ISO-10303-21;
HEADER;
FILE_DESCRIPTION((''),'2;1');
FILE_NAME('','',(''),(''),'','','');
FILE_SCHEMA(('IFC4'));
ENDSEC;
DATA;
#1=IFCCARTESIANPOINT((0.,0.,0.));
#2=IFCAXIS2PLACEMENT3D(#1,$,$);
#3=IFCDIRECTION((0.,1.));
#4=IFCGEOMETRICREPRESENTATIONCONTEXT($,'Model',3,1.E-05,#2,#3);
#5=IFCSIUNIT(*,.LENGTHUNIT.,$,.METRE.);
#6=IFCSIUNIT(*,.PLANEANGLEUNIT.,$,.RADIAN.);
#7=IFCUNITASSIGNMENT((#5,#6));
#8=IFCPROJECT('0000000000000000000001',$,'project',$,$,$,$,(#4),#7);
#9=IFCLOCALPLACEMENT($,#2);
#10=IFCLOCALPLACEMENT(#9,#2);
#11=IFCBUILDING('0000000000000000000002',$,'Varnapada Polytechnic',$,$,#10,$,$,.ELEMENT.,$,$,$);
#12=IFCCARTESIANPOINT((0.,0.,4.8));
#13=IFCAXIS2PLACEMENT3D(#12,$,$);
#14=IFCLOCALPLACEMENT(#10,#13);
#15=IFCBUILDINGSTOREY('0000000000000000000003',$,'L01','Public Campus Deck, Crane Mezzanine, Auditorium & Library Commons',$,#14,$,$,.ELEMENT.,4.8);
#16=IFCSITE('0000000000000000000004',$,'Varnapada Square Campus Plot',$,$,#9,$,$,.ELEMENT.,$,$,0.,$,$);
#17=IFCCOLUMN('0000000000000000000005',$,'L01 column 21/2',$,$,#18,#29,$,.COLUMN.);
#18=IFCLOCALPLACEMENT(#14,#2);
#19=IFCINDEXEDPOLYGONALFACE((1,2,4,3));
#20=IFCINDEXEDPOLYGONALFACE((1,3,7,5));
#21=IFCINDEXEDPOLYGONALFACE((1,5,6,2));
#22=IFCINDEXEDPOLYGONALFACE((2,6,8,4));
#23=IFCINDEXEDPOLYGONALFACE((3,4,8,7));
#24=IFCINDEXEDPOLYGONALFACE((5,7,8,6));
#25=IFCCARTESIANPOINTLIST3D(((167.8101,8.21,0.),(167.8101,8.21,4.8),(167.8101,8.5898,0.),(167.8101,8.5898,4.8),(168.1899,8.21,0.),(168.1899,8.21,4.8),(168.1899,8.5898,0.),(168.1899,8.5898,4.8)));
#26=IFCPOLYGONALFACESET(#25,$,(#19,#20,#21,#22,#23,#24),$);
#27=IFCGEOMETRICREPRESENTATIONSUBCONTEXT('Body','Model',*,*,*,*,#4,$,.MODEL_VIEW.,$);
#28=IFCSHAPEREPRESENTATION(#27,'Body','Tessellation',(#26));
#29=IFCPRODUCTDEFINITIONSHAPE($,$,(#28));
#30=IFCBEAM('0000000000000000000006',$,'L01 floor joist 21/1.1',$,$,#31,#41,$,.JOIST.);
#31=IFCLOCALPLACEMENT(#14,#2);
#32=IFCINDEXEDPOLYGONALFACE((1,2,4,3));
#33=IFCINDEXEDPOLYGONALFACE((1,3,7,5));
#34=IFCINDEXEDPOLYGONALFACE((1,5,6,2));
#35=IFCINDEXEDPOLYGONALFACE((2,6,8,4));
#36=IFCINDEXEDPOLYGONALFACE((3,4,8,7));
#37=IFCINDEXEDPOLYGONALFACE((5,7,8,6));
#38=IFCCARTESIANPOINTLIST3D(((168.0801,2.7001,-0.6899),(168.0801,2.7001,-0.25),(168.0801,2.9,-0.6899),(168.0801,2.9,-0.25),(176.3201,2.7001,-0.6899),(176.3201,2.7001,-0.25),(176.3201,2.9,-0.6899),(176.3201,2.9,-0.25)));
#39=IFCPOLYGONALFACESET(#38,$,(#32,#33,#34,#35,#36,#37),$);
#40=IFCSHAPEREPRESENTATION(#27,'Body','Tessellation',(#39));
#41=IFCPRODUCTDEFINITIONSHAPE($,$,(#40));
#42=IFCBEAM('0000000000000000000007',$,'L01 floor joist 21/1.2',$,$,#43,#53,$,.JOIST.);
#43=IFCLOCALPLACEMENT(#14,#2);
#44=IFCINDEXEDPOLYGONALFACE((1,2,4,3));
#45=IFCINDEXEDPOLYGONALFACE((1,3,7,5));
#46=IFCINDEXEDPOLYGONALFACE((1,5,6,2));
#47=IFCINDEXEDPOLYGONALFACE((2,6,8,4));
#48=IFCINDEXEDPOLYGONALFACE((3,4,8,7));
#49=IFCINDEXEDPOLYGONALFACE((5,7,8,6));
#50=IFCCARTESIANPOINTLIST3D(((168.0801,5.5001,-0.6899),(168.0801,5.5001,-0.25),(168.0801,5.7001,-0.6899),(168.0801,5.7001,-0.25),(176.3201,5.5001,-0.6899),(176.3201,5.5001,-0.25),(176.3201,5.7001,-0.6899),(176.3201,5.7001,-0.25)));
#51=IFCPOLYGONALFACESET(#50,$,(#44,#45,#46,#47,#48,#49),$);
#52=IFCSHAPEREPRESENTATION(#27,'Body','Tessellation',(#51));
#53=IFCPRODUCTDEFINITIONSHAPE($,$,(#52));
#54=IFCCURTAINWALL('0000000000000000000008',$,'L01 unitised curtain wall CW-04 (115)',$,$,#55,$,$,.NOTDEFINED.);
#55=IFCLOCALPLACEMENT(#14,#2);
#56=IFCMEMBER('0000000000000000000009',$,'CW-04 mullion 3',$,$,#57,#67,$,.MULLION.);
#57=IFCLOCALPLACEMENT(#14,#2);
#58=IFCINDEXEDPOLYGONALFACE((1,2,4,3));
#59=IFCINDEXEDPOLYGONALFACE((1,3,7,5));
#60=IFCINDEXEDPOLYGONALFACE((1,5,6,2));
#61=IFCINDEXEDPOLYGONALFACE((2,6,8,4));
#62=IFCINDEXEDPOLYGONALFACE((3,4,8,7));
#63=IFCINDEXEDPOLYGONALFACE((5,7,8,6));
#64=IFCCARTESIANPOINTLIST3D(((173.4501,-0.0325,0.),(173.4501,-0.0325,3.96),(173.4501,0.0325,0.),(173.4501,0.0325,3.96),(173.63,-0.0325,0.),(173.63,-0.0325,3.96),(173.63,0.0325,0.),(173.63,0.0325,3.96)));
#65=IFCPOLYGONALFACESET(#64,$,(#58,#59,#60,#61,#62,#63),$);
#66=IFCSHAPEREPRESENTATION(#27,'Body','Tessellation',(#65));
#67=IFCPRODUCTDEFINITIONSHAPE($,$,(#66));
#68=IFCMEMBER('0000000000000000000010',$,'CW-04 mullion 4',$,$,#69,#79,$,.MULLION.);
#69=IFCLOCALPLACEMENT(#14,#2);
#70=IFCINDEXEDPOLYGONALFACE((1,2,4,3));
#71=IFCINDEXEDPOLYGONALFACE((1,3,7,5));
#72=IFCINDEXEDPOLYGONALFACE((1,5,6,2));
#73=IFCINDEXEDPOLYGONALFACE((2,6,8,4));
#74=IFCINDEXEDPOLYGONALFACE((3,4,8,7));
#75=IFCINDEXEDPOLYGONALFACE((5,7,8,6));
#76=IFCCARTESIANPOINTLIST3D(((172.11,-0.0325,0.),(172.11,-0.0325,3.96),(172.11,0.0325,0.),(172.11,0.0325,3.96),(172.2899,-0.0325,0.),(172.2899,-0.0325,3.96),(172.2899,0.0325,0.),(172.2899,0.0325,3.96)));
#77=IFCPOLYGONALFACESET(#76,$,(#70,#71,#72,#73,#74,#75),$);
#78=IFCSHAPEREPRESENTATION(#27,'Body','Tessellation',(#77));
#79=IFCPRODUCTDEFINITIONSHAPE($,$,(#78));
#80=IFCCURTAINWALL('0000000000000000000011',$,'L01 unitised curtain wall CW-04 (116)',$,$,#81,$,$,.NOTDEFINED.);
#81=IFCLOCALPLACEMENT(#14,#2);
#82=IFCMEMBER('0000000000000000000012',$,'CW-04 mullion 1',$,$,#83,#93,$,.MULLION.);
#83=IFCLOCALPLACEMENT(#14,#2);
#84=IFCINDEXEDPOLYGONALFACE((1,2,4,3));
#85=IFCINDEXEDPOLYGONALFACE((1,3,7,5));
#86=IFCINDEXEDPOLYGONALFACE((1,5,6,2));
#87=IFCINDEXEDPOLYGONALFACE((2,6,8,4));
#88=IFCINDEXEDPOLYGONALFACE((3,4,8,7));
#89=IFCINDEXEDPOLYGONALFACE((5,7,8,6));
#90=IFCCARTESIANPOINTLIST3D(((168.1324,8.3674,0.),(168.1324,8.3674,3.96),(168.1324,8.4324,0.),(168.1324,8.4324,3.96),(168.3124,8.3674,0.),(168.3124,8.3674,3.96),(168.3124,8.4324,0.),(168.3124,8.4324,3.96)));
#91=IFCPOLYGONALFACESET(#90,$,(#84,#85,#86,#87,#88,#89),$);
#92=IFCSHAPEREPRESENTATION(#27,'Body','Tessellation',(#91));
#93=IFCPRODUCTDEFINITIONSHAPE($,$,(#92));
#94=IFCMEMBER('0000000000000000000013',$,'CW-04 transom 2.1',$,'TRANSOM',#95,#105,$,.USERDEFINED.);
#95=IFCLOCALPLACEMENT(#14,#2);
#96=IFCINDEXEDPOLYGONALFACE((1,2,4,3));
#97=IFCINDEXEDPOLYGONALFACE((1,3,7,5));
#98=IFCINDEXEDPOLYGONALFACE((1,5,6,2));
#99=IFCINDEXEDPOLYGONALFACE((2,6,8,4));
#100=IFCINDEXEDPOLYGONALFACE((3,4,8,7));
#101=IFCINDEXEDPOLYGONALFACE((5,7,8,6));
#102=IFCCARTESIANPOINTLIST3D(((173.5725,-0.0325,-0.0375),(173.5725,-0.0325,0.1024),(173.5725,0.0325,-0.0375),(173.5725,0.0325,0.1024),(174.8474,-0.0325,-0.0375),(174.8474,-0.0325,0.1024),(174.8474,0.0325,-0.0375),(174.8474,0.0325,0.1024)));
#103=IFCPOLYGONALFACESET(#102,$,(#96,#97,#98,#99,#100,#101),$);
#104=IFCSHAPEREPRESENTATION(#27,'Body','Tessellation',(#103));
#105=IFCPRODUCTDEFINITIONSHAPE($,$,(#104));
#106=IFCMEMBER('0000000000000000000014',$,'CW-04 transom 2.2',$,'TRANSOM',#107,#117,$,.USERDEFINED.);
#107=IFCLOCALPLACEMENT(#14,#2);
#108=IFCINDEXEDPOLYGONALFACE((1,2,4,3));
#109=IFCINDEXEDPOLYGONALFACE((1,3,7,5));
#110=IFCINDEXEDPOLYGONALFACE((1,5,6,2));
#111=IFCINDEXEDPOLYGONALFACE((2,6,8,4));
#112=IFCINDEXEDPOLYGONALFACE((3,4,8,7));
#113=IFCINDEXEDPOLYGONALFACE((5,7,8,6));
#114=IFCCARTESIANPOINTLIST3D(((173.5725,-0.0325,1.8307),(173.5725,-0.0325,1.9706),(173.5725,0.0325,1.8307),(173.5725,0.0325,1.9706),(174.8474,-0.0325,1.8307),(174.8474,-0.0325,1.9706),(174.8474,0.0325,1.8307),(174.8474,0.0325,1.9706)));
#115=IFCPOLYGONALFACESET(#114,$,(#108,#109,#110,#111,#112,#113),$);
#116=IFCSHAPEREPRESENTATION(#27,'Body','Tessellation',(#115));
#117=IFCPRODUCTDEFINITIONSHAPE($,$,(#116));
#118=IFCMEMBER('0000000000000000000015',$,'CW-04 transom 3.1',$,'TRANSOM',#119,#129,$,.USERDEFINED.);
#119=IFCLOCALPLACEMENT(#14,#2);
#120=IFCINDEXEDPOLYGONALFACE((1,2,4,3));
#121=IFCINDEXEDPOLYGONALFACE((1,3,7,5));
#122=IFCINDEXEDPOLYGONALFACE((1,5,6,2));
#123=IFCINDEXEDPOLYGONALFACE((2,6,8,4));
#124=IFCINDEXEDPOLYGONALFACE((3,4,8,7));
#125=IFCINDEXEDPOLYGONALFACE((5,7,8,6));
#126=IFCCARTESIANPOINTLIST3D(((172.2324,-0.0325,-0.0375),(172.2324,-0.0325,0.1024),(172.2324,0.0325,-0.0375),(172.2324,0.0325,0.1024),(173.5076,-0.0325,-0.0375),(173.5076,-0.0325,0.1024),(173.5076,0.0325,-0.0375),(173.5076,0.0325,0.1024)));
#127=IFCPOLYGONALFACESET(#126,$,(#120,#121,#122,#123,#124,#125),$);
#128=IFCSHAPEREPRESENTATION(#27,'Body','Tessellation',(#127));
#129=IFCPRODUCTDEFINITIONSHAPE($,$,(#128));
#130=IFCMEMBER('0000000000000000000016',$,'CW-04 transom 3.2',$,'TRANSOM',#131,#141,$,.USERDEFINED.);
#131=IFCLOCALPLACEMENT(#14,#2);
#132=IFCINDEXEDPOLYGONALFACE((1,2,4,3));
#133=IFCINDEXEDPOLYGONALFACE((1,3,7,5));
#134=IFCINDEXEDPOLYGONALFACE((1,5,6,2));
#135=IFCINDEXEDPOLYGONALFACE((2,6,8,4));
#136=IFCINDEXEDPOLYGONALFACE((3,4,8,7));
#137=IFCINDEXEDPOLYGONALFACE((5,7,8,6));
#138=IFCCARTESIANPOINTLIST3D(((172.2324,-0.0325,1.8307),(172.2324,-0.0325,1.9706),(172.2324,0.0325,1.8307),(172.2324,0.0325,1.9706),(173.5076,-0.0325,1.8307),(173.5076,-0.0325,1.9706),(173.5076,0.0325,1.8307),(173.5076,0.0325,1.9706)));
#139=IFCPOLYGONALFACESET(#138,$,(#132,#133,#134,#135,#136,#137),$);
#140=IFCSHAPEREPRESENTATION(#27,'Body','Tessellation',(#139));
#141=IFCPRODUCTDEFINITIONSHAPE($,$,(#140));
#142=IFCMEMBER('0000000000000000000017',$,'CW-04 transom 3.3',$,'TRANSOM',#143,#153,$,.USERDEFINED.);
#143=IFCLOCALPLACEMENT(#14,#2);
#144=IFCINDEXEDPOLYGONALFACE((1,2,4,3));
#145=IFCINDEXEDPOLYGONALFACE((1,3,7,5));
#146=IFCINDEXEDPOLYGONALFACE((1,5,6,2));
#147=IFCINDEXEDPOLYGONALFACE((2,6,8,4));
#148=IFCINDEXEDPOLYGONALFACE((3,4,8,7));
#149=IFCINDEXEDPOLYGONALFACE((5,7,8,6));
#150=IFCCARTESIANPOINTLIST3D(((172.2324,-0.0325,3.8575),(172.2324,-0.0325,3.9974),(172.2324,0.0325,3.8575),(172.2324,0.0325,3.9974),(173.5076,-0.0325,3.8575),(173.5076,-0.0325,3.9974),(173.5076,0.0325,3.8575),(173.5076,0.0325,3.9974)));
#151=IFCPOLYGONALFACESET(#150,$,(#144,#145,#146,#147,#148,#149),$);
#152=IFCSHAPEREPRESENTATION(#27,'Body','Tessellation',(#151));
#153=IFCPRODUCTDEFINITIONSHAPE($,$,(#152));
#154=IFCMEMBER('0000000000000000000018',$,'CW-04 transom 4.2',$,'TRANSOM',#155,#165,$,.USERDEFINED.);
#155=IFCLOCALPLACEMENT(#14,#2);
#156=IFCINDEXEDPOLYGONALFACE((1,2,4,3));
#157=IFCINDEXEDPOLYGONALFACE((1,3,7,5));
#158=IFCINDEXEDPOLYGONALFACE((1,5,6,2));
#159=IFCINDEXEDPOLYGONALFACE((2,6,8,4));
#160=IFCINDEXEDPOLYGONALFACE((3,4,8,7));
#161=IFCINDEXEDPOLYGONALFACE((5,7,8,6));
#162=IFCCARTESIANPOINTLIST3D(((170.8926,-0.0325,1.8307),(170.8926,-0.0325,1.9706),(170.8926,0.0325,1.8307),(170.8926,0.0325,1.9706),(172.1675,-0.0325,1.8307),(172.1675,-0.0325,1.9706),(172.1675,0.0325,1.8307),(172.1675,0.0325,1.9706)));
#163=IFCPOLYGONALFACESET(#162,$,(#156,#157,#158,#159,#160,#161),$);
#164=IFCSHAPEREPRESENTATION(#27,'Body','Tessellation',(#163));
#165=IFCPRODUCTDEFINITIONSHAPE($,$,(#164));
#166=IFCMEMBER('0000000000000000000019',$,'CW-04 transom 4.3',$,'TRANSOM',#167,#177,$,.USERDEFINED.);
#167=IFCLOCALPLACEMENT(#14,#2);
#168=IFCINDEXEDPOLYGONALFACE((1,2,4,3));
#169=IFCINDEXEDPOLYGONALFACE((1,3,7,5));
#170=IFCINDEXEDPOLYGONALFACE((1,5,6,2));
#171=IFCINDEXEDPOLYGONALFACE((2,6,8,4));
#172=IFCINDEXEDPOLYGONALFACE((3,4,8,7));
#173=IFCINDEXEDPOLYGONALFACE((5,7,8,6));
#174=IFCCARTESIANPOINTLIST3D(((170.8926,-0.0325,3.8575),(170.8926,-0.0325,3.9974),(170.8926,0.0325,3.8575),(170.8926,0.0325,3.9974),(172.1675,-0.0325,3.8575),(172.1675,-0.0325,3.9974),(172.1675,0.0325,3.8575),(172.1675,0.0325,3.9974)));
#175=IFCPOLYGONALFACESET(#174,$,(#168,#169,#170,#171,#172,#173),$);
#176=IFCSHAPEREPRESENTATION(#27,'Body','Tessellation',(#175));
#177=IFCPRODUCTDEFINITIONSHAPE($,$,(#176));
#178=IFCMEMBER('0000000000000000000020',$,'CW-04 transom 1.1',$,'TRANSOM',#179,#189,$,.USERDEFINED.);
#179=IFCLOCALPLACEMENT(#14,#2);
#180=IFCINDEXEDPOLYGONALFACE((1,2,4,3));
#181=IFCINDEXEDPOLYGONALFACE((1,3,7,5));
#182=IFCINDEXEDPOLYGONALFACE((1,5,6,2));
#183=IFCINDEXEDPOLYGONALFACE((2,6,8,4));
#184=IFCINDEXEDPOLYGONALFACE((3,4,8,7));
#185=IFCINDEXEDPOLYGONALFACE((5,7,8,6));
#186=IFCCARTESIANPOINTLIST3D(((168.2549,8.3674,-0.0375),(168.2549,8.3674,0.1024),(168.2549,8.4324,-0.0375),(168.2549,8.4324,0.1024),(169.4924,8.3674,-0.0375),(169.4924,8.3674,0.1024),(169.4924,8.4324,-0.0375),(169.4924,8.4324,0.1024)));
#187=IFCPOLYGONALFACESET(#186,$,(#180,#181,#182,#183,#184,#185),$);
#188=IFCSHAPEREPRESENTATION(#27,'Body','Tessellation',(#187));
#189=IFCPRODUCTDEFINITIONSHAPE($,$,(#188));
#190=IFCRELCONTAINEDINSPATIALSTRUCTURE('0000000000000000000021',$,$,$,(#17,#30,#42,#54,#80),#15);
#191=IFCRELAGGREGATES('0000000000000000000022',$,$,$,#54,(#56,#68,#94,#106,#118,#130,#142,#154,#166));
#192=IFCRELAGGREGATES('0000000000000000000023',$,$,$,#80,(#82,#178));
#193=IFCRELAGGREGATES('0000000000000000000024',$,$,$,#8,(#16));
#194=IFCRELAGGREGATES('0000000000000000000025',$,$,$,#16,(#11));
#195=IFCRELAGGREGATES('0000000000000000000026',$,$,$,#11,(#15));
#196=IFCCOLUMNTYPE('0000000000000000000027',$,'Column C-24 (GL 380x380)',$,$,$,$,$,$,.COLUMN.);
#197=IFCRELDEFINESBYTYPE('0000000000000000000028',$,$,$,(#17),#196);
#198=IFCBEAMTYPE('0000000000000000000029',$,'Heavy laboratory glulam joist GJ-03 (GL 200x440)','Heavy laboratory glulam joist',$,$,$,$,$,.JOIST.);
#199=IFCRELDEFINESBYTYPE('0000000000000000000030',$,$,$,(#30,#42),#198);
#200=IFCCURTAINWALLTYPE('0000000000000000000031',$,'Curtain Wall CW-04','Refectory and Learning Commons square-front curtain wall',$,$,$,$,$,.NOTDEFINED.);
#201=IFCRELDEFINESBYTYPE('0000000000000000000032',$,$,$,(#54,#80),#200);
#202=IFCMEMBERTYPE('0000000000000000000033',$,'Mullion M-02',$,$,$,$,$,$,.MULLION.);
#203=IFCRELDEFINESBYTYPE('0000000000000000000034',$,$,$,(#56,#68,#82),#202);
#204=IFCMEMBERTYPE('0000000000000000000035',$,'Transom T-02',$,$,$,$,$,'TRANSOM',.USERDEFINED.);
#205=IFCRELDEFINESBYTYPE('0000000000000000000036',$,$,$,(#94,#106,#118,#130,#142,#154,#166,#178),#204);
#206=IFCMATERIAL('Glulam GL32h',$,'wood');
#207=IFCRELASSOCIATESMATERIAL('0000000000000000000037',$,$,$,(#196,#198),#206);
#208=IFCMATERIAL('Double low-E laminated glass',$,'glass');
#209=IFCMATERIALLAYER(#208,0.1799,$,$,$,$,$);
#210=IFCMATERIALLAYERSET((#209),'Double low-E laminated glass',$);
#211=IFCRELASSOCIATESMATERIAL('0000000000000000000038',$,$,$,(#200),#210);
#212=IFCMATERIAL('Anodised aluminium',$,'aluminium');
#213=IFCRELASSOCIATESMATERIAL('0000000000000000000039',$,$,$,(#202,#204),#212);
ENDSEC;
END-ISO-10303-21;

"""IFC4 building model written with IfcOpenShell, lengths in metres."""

from ifc_helpers import new_model, si_unit, direction, frame, origin, origin_2d, place, context, subcontext, project, spatial, rectangle, extrude, material, layer, layer_set, material_profile, profile_set, type_object, element, aggregate, save


model = new_model("IFC4")

# Units and contexts
model_context = context("Model", 3, precision=1e-05, world=origin(), true_north=direction((0.0, 1.0)))
body_context = subcontext(model_context, "Body", "Model", "MODEL_VIEW")
ifc_project = project(units=[si_unit("LENGTHUNIT", "METRE"), si_unit("PLANEANGLEUNIT", "RADIAN")], contexts=[model_context])

# Site, building, storey
site_placement = place(None, origin())
site = spatial("IfcSite", under=ifc_project, at=site_placement, Name="Varnapada Square Campus Plot", CompositionType="ELEMENT", RefElevation=0.0)
building_placement = place(site_placement, origin())
building = spatial("IfcBuilding", under=site, at=building_placement, Name="Varnapada Polytechnic", CompositionType="ELEMENT")
storey_placement = place(building_placement, frame((0.0, 0.0, 4.8)))
storey = spatial("IfcBuildingStorey", under=building, at=storey_placement, Name="L01", Description="Public Campus Deck, Crane Mezzanine, Auditorium & Library Commons", CompositionType="ELEMENT", Elevation=4.8)

# Column
ifc_material_1 = material(Name="Glulam GL32h", Category="wood")
ifc_material_profile_1 = material_profile(ifc_material_1, rectangle(XDim=0.3799, YDim=0.3799, at=origin_2d()), Name="GL 380x380")
ifc_profile_set_1 = profile_set([ifc_material_profile_1], Name="Glulam GL32h")
column_type = type_object("IfcColumnType", Name="Column C-24 (GL 380x380)", PredefinedType="COLUMN", material=ifc_profile_set_1)
column_placement = place(storey_placement, frame((168.0, 8.3999, 0.0), z_axis=(0.0, 0.0, 1.0), x_axis=(1.0, 0.0, 0.0)))
element("IfcColumn", 1, at=column_placement, inside=storey, type_object=column_type, Name="L01 column 21/2", PredefinedType="COLUMN", context=body_context, shape_type="SweptSolid", body=[
    extrude(rectangle(XDim=0.3799, YDim=0.3799, at=origin_2d()), origin(), (0.0, 0.0, 1.0), 4.8),
])

# Beams
ifc_material_profile_2 = material_profile(ifc_material_1, rectangle(XDim=0.2, YDim=0.4399, at=origin_2d()), Name="GL 200x440")
ifc_profile_set_2 = profile_set([ifc_material_profile_2], Name="Glulam GL32h")
beam_type_1 = type_object("IfcBeamType", Name="Heavy laboratory glulam joist GJ-03 (GL 200x440)", Description="Heavy laboratory glulam joist", PredefinedType="JOIST", material=ifc_profile_set_2)
for number, where, z_axis, x_axis, name in (
    (2, (168.0801, 2.8, -0.47), (1.0, 0.0, 0.0), (0.0, 1.0, 0.0), "L01 floor joist 21/1.1"),
    (3, (168.0801, 5.6001, -0.47), (1.0, 0.0, 0.0), (0.0, 1.0, 0.0), "L01 floor joist 21/1.2"),
):
    element("IfcBeam", number, at=place(storey_placement, frame(where, z_axis=z_axis, x_axis=x_axis)), inside=storey, type_object=beam_type_1, Name=name, PredefinedType="JOIST", context=body_context, shape_type="SweptSolid", body=[
        extrude(rectangle(XDim=0.2, YDim=0.4399, at=origin_2d()), origin(), (0.0, 0.0, 1.0), 8.24),
    ])

# Curtain wall, members
ifc_material_2 = material(Name="Double low-E laminated glass", Category="glass")
ifc_layer_1 = layer(ifc_material_2, 0.1799)
ifc_layer_set_1 = layer_set([ifc_layer_1], Name="Double low-E laminated glass")
curtain_wall_type = type_object("IfcCurtainWallType", Name="Curtain Wall CW-04", Description="Refectory and Learning Commons square-front curtain wall", PredefinedType="NOTDEFINED", material=ifc_layer_set_1)
curtain_wall_1_placement = place(storey_placement, origin())
curtain_wall_1 = element("IfcCurtainWall", 4, at=curtain_wall_1_placement, inside=storey, type_object=curtain_wall_type, Name="L01 unitised curtain wall CW-04 (115)", PredefinedType="NOTDEFINED")
ifc_material_3 = material(Name="Anodised aluminium", Category="aluminium")
ifc_material_profile_3 = material_profile(ifc_material_3, rectangle(XDim=0.0649, YDim=0.1799, at=origin_2d()), Name="ALU M65x180")
ifc_profile_set_3 = profile_set([ifc_material_profile_3], Name="Anodised aluminium")
member_type_1 = type_object("IfcMemberType", Name="Mullion M-02", PredefinedType="MULLION", material=ifc_profile_set_3)
member_1_placement = place(storey_placement, frame((173.54, 0.0, 0.0), z_axis=(0.0, 0.0, 1.0), x_axis=(0.0, -1.0, 0.0)))
member_1 = element("IfcMember", 5, at=member_1_placement, type_object=member_type_1, Name="CW-04 mullion 3", PredefinedType="MULLION", context=body_context, shape_type="SweptSolid", body=[
    extrude(rectangle(XDim=0.0649, YDim=0.1799, at=origin_2d()), origin(), (0.0, 0.0, 1.0), 3.96),
])
member_2_placement = place(storey_placement, frame((172.2, 0.0, 0.0), z_axis=(0.0, 0.0, 1.0), x_axis=(0.0, -1.0, 0.0)))
member_2 = element("IfcMember", 6, at=member_2_placement, type_object=member_type_1, Name="CW-04 mullion 4", PredefinedType="MULLION", context=body_context, shape_type="SweptSolid", body=[
    extrude(rectangle(XDim=0.0649, YDim=0.1799, at=origin_2d()), origin(), (0.0, 0.0, 1.0), 3.96),
])

# Curtain wall, member
curtain_wall_2_placement = place(storey_placement, origin())
curtain_wall_2 = element("IfcCurtainWall", 7, at=curtain_wall_2_placement, inside=storey, type_object=curtain_wall_type, Name="L01 unitised curtain wall CW-04 (116)", PredefinedType="NOTDEFINED")
member_3_placement = place(storey_placement, frame((168.2224, 8.3999, 0.0), z_axis=(0.0, 0.0, 1.0), x_axis=(0.0, 1.0, 0.0)))
member_3 = element("IfcMember", 8, at=member_3_placement, type_object=member_type_1, Name="CW-04 mullion 1", PredefinedType="MULLION", context=body_context, shape_type="SweptSolid", body=[
    extrude(rectangle(XDim=0.0649, YDim=0.1799, at=origin_2d()), origin(), (0.0, 0.0, 1.0), 3.96),
])

# Members
ifc_material_profile_4 = material_profile(ifc_material_3, rectangle(XDim=0.0649, YDim=0.1399, at=origin_2d()), Name="ALU T65x140")
ifc_profile_set_4 = profile_set([ifc_material_profile_4], Name="Anodised aluminium")
member_type_2 = type_object("IfcMemberType", Name="Transom T-02", ElementType="TRANSOM", PredefinedType="USERDEFINED", material=ifc_profile_set_4)
member_4_placement = place(storey_placement, frame((174.8474, 0.0, 0.0325), z_axis=(-1.0, 0.0, 0.0), x_axis=(0.0, -1.0, 0.0)))
member_4 = element("IfcMember", 9, at=member_4_placement, type_object=member_type_2, Name="CW-04 transom 2.1", ObjectType="TRANSOM", PredefinedType="USERDEFINED", context=body_context, shape_type="SweptSolid", body=[
    extrude(rectangle(XDim=0.0649, YDim=0.1399, at=origin_2d()), origin(), (0.0, 0.0, 1.0), 1.2749),
])
member_5_placement = place(storey_placement, frame((174.8474, 0.0, 1.9006), z_axis=(-1.0, 0.0, 0.0), x_axis=(0.0, -1.0, 0.0)))
member_5 = element("IfcMember", 10, at=member_5_placement, type_object=member_type_2, Name="CW-04 transom 2.2", ObjectType="TRANSOM", PredefinedType="USERDEFINED", context=body_context, shape_type="SweptSolid", body=[
    extrude(rectangle(XDim=0.0649, YDim=0.1399, at=origin_2d()), origin(), (0.0, 0.0, 1.0), 1.2749),
])
member_6_placement = place(storey_placement, frame((173.5076, 0.0, 0.0325), z_axis=(-1.0, 0.0, 0.0), x_axis=(0.0, -1.0, 0.0)))
member_6 = element("IfcMember", 11, at=member_6_placement, type_object=member_type_2, Name="CW-04 transom 3.1", ObjectType="TRANSOM", PredefinedType="USERDEFINED", context=body_context, shape_type="SweptSolid", body=[
    extrude(rectangle(XDim=0.0649, YDim=0.1399, at=origin_2d()), origin(), (0.0, 0.0, 1.0), 1.2751),
])
member_7_placement = place(storey_placement, frame((173.5076, 0.0, 1.9006), z_axis=(-1.0, 0.0, 0.0), x_axis=(0.0, -1.0, 0.0)))
member_7 = element("IfcMember", 12, at=member_7_placement, type_object=member_type_2, Name="CW-04 transom 3.2", ObjectType="TRANSOM", PredefinedType="USERDEFINED", context=body_context, shape_type="SweptSolid", body=[
    extrude(rectangle(XDim=0.0649, YDim=0.1399, at=origin_2d()), origin(), (0.0, 0.0, 1.0), 1.2751),
])
member_8_placement = place(storey_placement, frame((173.5076, 0.0, 3.9275), z_axis=(-1.0, 0.0, 0.0), x_axis=(0.0, -1.0, 0.0)))
member_8 = element("IfcMember", 13, at=member_8_placement, type_object=member_type_2, Name="CW-04 transom 3.3", ObjectType="TRANSOM", PredefinedType="USERDEFINED", context=body_context, shape_type="SweptSolid", body=[
    extrude(rectangle(XDim=0.0649, YDim=0.1399, at=origin_2d()), origin(), (0.0, 0.0, 1.0), 1.2751),
])
member_9_placement = place(storey_placement, frame((172.1675, 0.0, 1.9006), z_axis=(-1.0, 0.0, 0.0), x_axis=(0.0, -1.0, 0.0)))
member_9 = element("IfcMember", 14, at=member_9_placement, type_object=member_type_2, Name="CW-04 transom 4.2", ObjectType="TRANSOM", PredefinedType="USERDEFINED", context=body_context, shape_type="SweptSolid", body=[
    extrude(rectangle(XDim=0.0649, YDim=0.1399, at=origin_2d()), origin(), (0.0, 0.0, 1.0), 1.2749),
])
member_10_placement = place(storey_placement, frame((172.1675, 0.0, 3.9275), z_axis=(-1.0, 0.0, 0.0), x_axis=(0.0, -1.0, 0.0)))
member_10 = element("IfcMember", 15, at=member_10_placement, type_object=member_type_2, Name="CW-04 transom 4.3", ObjectType="TRANSOM", PredefinedType="USERDEFINED", context=body_context, shape_type="SweptSolid", body=[
    extrude(rectangle(XDim=0.0649, YDim=0.1399, at=origin_2d()), origin(), (0.0, 0.0, 1.0), 1.2749),
])
member_11_placement = place(storey_placement, frame((168.2549, 8.3999, 0.0325), z_axis=(1.0, 0.0, 0.0), x_axis=(0.0, 1.0, 0.0)))
member_11 = element("IfcMember", 16, at=member_11_placement, type_object=member_type_2, Name="CW-04 transom 1.1", ObjectType="TRANSOM", PredefinedType="USERDEFINED", context=body_context, shape_type="SweptSolid", body=[
    extrude(rectangle(XDim=0.0649, YDim=0.1399, at=origin_2d()), origin(), (0.0, 0.0, 1.0), 1.2375),
])

aggregate(curtain_wall_1, [member_1, member_2, member_4, member_5, member_6, member_7, member_8, member_9, member_10])
aggregate(curtain_wall_2, [member_3, member_11])

save(model, "model.ifc")
